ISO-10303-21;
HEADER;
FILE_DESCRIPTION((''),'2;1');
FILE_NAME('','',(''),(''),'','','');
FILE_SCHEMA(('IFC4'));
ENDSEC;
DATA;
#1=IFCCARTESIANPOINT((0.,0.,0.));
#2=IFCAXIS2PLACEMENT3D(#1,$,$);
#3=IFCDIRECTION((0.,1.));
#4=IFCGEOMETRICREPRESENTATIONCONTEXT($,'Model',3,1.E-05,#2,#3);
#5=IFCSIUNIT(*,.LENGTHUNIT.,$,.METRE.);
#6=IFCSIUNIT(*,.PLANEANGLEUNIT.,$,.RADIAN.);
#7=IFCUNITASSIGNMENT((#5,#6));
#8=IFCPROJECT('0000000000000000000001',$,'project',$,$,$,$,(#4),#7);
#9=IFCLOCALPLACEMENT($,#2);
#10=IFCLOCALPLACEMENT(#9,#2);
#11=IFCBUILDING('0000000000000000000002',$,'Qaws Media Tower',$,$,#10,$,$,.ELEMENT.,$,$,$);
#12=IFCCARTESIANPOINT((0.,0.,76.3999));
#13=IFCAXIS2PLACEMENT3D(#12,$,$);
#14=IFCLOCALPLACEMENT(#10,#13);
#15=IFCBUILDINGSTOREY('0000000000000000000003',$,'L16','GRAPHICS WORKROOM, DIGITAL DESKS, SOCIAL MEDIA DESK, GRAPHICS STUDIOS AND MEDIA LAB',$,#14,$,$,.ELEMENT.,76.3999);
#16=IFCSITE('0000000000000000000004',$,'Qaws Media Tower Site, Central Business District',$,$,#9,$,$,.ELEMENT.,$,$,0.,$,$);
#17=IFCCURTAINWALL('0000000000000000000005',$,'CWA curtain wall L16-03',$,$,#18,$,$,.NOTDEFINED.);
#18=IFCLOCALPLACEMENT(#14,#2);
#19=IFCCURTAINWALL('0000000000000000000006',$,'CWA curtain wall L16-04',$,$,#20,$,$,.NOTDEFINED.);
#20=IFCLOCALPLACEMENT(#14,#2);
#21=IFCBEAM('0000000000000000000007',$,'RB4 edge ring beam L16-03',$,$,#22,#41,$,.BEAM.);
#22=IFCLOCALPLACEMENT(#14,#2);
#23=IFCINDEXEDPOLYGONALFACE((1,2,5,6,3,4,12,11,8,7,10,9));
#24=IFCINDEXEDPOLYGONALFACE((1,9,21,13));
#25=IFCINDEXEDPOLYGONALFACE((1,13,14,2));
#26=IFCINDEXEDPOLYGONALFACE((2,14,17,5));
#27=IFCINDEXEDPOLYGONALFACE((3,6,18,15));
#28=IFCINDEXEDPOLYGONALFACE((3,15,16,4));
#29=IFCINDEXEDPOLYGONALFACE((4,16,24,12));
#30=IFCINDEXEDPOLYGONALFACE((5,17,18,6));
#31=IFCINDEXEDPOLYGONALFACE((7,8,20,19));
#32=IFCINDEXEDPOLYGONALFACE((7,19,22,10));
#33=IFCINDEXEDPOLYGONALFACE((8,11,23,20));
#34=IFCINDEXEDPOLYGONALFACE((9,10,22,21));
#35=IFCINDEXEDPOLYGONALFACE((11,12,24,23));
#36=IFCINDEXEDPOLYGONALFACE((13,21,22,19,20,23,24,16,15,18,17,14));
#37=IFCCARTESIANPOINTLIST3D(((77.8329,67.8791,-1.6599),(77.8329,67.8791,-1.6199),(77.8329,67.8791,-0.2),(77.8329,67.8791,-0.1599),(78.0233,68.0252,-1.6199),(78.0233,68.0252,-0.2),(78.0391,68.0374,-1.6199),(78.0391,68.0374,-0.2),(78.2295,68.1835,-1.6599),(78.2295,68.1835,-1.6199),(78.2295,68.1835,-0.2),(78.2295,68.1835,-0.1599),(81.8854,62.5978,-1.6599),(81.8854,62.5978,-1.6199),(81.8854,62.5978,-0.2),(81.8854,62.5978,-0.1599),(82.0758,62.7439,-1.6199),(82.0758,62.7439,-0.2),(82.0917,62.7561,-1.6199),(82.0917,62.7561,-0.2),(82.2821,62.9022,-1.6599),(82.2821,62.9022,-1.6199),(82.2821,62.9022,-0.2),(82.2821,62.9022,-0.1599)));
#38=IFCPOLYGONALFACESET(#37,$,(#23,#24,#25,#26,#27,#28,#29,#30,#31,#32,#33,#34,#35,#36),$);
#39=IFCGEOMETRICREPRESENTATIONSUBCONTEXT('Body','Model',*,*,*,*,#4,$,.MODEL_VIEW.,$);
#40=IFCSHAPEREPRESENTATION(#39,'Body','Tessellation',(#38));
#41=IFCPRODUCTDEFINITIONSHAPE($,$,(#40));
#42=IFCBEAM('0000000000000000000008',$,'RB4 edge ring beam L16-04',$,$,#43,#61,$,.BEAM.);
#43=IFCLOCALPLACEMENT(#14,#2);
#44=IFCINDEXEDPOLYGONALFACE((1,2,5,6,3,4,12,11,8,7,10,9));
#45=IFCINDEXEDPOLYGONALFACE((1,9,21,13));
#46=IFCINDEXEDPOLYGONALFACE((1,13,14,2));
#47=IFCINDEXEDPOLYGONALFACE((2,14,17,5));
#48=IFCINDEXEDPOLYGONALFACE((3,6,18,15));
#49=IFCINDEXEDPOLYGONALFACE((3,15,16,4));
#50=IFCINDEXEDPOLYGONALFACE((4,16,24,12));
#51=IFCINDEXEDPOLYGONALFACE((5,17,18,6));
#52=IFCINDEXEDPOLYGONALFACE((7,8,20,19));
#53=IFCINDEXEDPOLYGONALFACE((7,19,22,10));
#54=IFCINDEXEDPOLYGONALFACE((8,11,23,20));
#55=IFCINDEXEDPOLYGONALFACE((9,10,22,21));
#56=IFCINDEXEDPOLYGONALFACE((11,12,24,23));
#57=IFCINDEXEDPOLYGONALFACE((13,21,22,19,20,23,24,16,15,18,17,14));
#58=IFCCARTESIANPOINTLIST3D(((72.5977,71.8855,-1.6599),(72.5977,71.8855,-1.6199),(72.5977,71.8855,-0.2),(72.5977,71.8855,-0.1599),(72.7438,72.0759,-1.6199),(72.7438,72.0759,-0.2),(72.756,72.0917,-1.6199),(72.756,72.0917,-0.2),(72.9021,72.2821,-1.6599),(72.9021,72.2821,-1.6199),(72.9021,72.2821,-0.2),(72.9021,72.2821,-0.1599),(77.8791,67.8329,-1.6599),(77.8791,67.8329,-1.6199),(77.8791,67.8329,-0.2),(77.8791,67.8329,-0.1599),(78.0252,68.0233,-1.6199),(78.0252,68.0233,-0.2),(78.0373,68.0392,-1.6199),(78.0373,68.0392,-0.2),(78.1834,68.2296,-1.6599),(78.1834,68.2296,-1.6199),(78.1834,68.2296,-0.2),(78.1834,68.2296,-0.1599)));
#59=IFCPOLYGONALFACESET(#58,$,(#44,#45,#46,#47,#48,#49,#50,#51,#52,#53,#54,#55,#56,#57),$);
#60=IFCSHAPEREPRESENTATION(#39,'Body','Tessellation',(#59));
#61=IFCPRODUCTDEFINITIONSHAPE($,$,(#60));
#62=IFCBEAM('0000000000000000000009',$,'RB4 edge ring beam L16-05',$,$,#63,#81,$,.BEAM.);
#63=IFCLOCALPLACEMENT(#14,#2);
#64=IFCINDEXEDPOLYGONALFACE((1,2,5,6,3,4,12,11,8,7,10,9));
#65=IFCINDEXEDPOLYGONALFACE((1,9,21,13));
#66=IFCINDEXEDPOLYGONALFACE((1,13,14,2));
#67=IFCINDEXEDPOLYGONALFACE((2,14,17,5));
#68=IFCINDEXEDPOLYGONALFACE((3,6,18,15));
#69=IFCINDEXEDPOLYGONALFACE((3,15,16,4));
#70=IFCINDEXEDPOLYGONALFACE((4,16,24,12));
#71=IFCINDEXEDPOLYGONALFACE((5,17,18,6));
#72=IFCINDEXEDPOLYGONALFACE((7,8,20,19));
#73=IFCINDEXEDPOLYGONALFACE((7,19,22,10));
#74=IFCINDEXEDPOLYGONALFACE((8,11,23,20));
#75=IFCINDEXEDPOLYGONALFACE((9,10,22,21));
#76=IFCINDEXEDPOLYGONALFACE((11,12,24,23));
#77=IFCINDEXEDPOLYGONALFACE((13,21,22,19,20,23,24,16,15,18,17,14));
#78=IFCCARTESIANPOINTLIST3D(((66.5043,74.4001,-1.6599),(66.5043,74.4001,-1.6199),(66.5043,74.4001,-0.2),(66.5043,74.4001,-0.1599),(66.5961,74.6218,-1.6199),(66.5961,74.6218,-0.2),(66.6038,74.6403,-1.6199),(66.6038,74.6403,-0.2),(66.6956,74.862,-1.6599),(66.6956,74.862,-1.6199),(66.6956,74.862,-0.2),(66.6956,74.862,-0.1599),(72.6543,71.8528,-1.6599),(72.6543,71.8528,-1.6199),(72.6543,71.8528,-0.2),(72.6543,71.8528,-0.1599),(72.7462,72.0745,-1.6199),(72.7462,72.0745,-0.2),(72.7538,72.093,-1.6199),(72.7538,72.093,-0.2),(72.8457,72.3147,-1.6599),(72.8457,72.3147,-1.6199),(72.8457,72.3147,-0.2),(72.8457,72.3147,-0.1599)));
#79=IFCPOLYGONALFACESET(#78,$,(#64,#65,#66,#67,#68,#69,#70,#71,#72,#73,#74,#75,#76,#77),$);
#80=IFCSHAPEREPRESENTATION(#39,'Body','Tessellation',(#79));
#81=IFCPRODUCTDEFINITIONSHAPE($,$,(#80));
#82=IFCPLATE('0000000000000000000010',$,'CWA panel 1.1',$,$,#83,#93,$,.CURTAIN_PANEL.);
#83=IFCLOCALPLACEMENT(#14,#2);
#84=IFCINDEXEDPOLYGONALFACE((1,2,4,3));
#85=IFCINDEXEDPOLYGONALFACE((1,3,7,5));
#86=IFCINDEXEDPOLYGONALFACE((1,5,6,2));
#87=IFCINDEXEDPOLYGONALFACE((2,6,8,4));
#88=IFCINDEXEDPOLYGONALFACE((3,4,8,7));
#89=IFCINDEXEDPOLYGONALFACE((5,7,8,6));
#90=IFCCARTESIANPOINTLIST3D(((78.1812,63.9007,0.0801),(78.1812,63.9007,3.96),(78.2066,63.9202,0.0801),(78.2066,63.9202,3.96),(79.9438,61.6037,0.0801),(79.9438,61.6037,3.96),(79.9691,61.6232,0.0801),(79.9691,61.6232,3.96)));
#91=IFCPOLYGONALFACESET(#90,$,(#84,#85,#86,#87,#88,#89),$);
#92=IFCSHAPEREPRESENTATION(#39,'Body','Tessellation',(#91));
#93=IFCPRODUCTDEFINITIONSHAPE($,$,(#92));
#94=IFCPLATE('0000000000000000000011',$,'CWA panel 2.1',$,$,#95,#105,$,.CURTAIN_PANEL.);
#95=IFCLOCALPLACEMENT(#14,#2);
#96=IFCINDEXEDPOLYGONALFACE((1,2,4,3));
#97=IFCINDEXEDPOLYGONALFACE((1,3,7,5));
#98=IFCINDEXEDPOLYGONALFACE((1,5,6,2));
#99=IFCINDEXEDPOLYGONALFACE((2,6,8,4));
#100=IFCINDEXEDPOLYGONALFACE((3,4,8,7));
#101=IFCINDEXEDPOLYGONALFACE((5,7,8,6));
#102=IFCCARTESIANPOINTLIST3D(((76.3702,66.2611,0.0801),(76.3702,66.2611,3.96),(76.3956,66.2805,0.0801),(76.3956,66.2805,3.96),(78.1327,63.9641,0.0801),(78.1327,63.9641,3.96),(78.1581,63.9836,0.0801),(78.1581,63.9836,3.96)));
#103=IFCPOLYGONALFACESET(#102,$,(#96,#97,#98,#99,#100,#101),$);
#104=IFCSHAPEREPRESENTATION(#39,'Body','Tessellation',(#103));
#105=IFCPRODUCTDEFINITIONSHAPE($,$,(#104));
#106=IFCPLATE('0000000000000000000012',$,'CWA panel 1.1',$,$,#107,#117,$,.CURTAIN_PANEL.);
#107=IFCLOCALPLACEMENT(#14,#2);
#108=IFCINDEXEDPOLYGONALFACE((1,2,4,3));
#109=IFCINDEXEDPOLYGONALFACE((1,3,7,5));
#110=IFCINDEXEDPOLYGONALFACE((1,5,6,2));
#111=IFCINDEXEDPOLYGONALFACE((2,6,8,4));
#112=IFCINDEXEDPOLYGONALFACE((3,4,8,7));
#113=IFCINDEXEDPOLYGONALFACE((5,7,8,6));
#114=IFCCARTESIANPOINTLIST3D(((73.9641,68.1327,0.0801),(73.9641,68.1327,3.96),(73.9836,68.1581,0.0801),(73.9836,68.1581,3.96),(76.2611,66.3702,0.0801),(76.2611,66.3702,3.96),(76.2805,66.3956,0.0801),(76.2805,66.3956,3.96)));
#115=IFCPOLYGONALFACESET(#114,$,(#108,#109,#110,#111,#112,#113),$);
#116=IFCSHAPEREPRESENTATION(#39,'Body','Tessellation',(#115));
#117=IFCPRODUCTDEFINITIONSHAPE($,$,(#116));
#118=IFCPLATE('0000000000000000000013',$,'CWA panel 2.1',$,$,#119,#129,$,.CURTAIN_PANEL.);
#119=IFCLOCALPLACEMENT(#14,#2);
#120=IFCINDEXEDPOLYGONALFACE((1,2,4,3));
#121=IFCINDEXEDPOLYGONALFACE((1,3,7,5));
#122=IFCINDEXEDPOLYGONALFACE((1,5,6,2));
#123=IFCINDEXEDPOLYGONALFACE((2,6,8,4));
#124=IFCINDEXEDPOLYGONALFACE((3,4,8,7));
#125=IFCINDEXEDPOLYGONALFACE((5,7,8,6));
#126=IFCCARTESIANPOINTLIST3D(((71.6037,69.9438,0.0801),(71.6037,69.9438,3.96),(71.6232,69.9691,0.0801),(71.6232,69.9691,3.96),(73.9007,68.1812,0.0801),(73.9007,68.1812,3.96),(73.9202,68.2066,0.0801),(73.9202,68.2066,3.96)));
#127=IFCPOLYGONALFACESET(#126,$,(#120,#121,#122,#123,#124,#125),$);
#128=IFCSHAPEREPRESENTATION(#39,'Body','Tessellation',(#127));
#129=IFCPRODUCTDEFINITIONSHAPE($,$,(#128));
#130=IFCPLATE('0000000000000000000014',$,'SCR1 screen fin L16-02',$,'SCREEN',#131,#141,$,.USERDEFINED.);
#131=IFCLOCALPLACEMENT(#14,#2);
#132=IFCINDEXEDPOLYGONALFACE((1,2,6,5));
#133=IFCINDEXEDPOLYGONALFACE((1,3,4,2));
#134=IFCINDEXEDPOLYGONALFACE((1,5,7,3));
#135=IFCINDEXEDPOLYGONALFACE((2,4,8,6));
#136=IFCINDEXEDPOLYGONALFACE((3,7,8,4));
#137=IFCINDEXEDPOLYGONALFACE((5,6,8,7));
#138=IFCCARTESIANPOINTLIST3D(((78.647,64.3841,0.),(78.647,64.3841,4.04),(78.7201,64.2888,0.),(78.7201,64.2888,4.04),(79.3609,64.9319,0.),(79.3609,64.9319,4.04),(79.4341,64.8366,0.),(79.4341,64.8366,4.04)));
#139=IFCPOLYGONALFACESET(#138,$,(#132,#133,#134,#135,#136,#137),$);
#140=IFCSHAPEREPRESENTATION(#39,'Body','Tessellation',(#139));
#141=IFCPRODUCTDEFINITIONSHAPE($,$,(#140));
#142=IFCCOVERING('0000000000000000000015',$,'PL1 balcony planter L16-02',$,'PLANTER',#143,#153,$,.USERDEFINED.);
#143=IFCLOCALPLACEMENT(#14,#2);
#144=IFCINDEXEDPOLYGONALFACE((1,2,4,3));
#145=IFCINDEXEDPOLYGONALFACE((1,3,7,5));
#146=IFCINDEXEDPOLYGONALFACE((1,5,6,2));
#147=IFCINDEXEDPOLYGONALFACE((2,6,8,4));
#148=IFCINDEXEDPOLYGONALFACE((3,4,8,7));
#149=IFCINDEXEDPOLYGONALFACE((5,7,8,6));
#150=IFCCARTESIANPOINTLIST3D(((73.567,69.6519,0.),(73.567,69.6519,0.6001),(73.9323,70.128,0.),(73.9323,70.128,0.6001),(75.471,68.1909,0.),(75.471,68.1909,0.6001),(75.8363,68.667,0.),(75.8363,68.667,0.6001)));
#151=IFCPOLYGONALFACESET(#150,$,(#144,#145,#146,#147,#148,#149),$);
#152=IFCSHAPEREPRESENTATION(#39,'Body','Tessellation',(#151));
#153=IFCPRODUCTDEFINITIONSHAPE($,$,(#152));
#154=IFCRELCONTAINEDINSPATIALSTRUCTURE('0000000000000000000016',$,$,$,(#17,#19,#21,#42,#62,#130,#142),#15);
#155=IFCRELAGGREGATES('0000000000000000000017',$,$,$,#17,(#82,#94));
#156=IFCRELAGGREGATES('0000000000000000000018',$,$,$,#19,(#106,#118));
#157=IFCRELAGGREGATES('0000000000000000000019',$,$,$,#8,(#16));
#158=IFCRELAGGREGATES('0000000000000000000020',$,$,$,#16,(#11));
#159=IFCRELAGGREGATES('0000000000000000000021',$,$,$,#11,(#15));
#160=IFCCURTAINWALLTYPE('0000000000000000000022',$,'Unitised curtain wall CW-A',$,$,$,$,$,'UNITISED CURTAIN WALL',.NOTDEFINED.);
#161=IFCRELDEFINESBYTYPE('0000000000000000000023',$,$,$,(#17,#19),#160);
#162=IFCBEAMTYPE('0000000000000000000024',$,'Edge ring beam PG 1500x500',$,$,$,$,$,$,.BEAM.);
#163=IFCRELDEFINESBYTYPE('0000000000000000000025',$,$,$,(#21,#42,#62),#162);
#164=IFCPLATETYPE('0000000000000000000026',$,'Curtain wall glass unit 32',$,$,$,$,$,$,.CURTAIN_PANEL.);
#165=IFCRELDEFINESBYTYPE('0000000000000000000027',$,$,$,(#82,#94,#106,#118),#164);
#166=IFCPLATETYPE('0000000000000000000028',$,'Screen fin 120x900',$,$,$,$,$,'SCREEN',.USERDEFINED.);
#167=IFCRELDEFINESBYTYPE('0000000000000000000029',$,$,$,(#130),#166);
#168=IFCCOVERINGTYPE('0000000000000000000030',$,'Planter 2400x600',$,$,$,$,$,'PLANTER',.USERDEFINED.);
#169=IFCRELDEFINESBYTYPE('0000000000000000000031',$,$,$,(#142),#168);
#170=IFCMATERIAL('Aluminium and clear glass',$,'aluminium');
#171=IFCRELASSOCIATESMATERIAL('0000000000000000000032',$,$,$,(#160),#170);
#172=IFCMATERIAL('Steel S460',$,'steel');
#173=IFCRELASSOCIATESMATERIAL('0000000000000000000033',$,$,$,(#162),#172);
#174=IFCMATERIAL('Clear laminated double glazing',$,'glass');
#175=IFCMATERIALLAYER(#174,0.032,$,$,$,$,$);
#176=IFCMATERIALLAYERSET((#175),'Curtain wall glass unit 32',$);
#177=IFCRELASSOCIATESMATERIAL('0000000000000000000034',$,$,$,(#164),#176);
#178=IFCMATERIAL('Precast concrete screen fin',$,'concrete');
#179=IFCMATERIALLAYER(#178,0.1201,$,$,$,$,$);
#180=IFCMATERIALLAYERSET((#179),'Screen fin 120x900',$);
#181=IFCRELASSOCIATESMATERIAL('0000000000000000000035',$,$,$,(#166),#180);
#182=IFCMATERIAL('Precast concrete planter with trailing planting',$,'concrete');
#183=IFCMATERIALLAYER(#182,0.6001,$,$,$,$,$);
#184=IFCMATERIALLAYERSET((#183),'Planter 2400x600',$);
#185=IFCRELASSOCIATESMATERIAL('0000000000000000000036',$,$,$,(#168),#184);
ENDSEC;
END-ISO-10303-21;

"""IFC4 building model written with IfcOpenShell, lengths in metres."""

from ifc_helpers import new_model, si_unit, direction, frame, origin, origin_2d, place, context, subcontext, project, spatial, rectangle, i_section, extrude, material, layer, layer_set, material_profile, profile_set, type_object, element, aggregate, save


model = new_model("IFC4")

# Units and contexts
model_context = context("Model", 3, precision=1e-05, world=origin(), true_north=direction((0.0, 1.0)))
body_context = subcontext(model_context, "Body", "Model", "MODEL_VIEW")
ifc_project = project(units=[si_unit("LENGTHUNIT", "METRE"), si_unit("PLANEANGLEUNIT", "RADIAN")], contexts=[model_context])

# Site, building, storey
site_placement = place(None, origin())
site = spatial("IfcSite", under=ifc_project, at=site_placement, Name="Qaws Media Tower Site, Central Business District", CompositionType="ELEMENT", RefElevation=0.0)
building_placement = place(site_placement, origin())
building = spatial("IfcBuilding", under=site, at=building_placement, Name="Qaws Media Tower", CompositionType="ELEMENT")
storey_placement = place(building_placement, frame((0.0, 0.0, 76.3999)))
storey = spatial("IfcBuildingStorey", under=building, at=storey_placement, Name="L16", Description="GRAPHICS WORKROOM, DIGITAL DESKS, SOCIAL MEDIA DESK, GRAPHICS STUDIOS AND MEDIA LAB", CompositionType="ELEMENT", Elevation=76.3999)

# Curtain walls
ifc_material_1 = material(Name="Aluminium and clear glass", Category="aluminium")
curtain_wall_type = type_object("IfcCurtainWallType", Name="Unitised curtain wall CW-A", ElementType="UNITISED CURTAIN WALL", PredefinedType="NOTDEFINED", material=ifc_material_1)
curtain_wall_1_placement = place(storey_placement, origin())
curtain_wall_1 = element("IfcCurtainWall", 1, at=curtain_wall_1_placement, inside=storey, type_object=curtain_wall_type, Name="CWA curtain wall L16-03", PredefinedType="NOTDEFINED")
curtain_wall_2_placement = place(storey_placement, origin())
curtain_wall_2 = element("IfcCurtainWall", 2, at=curtain_wall_2_placement, inside=storey, type_object=curtain_wall_type, Name="CWA curtain wall L16-04", PredefinedType="NOTDEFINED")

# Beams
ifc_material_2 = material(Name="Steel S460", Category="steel")
ifc_material_profile_1 = material_profile(ifc_material_2, i_section(OverallWidth=0.5, OverallDepth=1.5, WebThickness=0.02, FlangeThickness=0.04, at=origin_2d()), Name="PG 1500x500")
ifc_profile_set_1 = profile_set([ifc_material_profile_1], Name="Steel S460")
beam_type = type_object("IfcBeamType", Name="Edge ring beam PG 1500x500", PredefinedType="BEAM", material=ifc_profile_set_1)
for number, where, z_axis, x_axis, name in (
    (3, (82.0837, 62.75, -0.9099), (-0.608766, 0.79335, 0.0), (-0.79335, -0.608766, 0.0), "RB4 edge ring beam L16-03"),
    (4, (78.0312, 68.0312, -0.9099), (-0.79335, 0.608766, 0.0), (-0.608766, -0.79335, 0.0), "RB4 edge ring beam L16-04"),
):
    element("IfcBeam", number, at=place(storey_placement, frame(where, z_axis=z_axis, x_axis=x_axis)), inside=storey, type_object=beam_type, Name=name, PredefinedType="BEAM", context=body_context, shape_type="SweptSolid", body=[
        extrude(i_section(OverallWidth=0.5, OverallDepth=1.5, WebThickness=0.02, FlangeThickness=0.04, at=origin_2d()), origin(), (0.0, 0.0, 1.0), 6.657),
    ])
beam_placement = place(storey_placement, frame((72.75, 72.0837, -0.9099), z_axis=(-0.923885, 0.382669, 0.0), x_axis=(-0.382669, -0.923885, 0.0)))
element("IfcBeam", 5, at=beam_placement, inside=storey, type_object=beam_type, Name="RB4 edge ring beam L16-05", PredefinedType="BEAM", context=body_context, shape_type="SweptSolid", body=[
    extrude(i_section(OverallWidth=0.5, OverallDepth=1.5, WebThickness=0.02, FlangeThickness=0.04, at=origin_2d()), origin(), (0.0, 0.0, 1.0), 6.6567),
])

# Plates
ifc_material_3 = material(Name="Clear laminated double glazing", Category="glass")
ifc_layer_1 = layer(ifc_material_3, 0.032)
ifc_layer_set_1 = layer_set([ifc_layer_1], Name="Curtain wall glass unit 32")
plate_type_1 = type_object("IfcPlateType", Name="Curtain wall glass unit 32", PredefinedType="CURTAIN_PANEL", material=ifc_layer_set_1)
plate_1_placement = place(storey_placement, frame((79.0752, 62.762, 0.0801), z_axis=(0.0, 0.0, 1.0), x_axis=(-0.608761, 0.793353, 0.0)))
plate_1 = element("IfcPlate", 6, at=plate_1_placement, type_object=plate_type_1, Name="CWA panel 1.1", PredefinedType="CURTAIN_PANEL", context=body_context, shape_type="SweptSolid", body=[
    extrude(rectangle(XDim=2.8953, YDim=0.032, at=origin_2d()), origin(), (0.0, 0.0, 1.0), 3.8799),
])
plate_2_placement = place(storey_placement, frame((77.2642, 65.1223, 0.0801), z_axis=(0.0, 0.0, 1.0), x_axis=(-0.608761, 0.793353, 0.0)))
plate_2 = element("IfcPlate", 7, at=plate_2_placement, type_object=plate_type_1, Name="CWA panel 2.1", PredefinedType="CURTAIN_PANEL", context=body_context, shape_type="SweptSolid", body=[
    extrude(rectangle(XDim=2.8953, YDim=0.032, at=origin_2d()), origin(), (0.0, 0.0, 1.0), 3.8799),
])
aggregate(curtain_wall_1, [plate_1, plate_2])
plate_3_placement = place(storey_placement, frame((75.1223, 67.2642, 0.0801), z_axis=(0.0, 0.0, 1.0), x_axis=(-0.793353, 0.608761, 0.0)))
plate_3 = element("IfcPlate", 8, at=plate_3_placement, type_object=plate_type_1, Name="CWA panel 1.1", PredefinedType="CURTAIN_PANEL", context=body_context, shape_type="SweptSolid", body=[
    extrude(rectangle(XDim=2.8953, YDim=0.032, at=origin_2d()), origin(), (0.0, 0.0, 1.0), 3.8799),
])
plate_4_placement = place(storey_placement, frame((72.762, 69.0752, 0.0801), z_axis=(0.0, 0.0, 1.0), x_axis=(-0.793353, 0.608761, 0.0)))
plate_4 = element("IfcPlate", 9, at=plate_4_placement, type_object=plate_type_1, Name="CWA panel 2.1", PredefinedType="CURTAIN_PANEL", context=body_context, shape_type="SweptSolid", body=[
    extrude(rectangle(XDim=2.8953, YDim=0.032, at=origin_2d()), origin(), (0.0, 0.0, 1.0), 3.8799),
])
aggregate(curtain_wall_2, [plate_3, plate_4])
ifc_material_4 = material(Name="Precast concrete screen fin", Category="concrete")
ifc_layer_2 = layer(ifc_material_4, 0.1201)
ifc_layer_set_2 = layer_set([ifc_layer_2], Name="Screen fin 120x900")
plate_type_2 = type_object("IfcPlateType", Name="Screen fin 120x900", ElementType="SCREEN", PredefinedType="USERDEFINED", material=ifc_layer_set_2)
plate_5_placement = place(storey_placement, frame((79.0405, 64.6104, 0.0), z_axis=(0.0, 0.0, 1.0), x_axis=(0.793353, 0.608761, 0.0)))
element("IfcPlate", 10, at=plate_5_placement, inside=storey, type_object=plate_type_2, Name="SCR1 screen fin L16-02", ObjectType="SCREEN", PredefinedType="USERDEFINED", context=body_context, shape_type="SweptSolid", body=[
    extrude(rectangle(XDim=0.8999, YDim=0.1201, at=origin_2d()), origin(), (0.0, 0.0, 1.0), 4.04),
])

# Covering
ifc_material_5 = material(Name="Precast concrete planter with trailing planting", Category="concrete")
ifc_layer_3 = layer(ifc_material_5, 0.6001)
ifc_layer_set_3 = layer_set([ifc_layer_3], Name="Planter 2400x600")
covering_type = type_object("IfcCoveringType", Name="Planter 2400x600", ElementType="PLANTER", PredefinedType="USERDEFINED", material=ifc_layer_set_3)
covering_placement = place(storey_placement, frame((74.7017, 69.1594, 0.0), z_axis=(0.0, 0.0, 1.0), x_axis=(-0.793353, 0.608761, 0.0)))
element("IfcCovering", 11, at=covering_placement, inside=storey, type_object=covering_type, Name="PL1 balcony planter L16-02", ObjectType="PLANTER", PredefinedType="USERDEFINED", context=body_context, shape_type="SweptSolid", body=[
    extrude(rectangle(XDim=2.3999, YDim=0.6001, at=origin_2d()), origin(), (0.0, 0.0, 1.0), 0.6001),
])

save(model, "model.ifc")
